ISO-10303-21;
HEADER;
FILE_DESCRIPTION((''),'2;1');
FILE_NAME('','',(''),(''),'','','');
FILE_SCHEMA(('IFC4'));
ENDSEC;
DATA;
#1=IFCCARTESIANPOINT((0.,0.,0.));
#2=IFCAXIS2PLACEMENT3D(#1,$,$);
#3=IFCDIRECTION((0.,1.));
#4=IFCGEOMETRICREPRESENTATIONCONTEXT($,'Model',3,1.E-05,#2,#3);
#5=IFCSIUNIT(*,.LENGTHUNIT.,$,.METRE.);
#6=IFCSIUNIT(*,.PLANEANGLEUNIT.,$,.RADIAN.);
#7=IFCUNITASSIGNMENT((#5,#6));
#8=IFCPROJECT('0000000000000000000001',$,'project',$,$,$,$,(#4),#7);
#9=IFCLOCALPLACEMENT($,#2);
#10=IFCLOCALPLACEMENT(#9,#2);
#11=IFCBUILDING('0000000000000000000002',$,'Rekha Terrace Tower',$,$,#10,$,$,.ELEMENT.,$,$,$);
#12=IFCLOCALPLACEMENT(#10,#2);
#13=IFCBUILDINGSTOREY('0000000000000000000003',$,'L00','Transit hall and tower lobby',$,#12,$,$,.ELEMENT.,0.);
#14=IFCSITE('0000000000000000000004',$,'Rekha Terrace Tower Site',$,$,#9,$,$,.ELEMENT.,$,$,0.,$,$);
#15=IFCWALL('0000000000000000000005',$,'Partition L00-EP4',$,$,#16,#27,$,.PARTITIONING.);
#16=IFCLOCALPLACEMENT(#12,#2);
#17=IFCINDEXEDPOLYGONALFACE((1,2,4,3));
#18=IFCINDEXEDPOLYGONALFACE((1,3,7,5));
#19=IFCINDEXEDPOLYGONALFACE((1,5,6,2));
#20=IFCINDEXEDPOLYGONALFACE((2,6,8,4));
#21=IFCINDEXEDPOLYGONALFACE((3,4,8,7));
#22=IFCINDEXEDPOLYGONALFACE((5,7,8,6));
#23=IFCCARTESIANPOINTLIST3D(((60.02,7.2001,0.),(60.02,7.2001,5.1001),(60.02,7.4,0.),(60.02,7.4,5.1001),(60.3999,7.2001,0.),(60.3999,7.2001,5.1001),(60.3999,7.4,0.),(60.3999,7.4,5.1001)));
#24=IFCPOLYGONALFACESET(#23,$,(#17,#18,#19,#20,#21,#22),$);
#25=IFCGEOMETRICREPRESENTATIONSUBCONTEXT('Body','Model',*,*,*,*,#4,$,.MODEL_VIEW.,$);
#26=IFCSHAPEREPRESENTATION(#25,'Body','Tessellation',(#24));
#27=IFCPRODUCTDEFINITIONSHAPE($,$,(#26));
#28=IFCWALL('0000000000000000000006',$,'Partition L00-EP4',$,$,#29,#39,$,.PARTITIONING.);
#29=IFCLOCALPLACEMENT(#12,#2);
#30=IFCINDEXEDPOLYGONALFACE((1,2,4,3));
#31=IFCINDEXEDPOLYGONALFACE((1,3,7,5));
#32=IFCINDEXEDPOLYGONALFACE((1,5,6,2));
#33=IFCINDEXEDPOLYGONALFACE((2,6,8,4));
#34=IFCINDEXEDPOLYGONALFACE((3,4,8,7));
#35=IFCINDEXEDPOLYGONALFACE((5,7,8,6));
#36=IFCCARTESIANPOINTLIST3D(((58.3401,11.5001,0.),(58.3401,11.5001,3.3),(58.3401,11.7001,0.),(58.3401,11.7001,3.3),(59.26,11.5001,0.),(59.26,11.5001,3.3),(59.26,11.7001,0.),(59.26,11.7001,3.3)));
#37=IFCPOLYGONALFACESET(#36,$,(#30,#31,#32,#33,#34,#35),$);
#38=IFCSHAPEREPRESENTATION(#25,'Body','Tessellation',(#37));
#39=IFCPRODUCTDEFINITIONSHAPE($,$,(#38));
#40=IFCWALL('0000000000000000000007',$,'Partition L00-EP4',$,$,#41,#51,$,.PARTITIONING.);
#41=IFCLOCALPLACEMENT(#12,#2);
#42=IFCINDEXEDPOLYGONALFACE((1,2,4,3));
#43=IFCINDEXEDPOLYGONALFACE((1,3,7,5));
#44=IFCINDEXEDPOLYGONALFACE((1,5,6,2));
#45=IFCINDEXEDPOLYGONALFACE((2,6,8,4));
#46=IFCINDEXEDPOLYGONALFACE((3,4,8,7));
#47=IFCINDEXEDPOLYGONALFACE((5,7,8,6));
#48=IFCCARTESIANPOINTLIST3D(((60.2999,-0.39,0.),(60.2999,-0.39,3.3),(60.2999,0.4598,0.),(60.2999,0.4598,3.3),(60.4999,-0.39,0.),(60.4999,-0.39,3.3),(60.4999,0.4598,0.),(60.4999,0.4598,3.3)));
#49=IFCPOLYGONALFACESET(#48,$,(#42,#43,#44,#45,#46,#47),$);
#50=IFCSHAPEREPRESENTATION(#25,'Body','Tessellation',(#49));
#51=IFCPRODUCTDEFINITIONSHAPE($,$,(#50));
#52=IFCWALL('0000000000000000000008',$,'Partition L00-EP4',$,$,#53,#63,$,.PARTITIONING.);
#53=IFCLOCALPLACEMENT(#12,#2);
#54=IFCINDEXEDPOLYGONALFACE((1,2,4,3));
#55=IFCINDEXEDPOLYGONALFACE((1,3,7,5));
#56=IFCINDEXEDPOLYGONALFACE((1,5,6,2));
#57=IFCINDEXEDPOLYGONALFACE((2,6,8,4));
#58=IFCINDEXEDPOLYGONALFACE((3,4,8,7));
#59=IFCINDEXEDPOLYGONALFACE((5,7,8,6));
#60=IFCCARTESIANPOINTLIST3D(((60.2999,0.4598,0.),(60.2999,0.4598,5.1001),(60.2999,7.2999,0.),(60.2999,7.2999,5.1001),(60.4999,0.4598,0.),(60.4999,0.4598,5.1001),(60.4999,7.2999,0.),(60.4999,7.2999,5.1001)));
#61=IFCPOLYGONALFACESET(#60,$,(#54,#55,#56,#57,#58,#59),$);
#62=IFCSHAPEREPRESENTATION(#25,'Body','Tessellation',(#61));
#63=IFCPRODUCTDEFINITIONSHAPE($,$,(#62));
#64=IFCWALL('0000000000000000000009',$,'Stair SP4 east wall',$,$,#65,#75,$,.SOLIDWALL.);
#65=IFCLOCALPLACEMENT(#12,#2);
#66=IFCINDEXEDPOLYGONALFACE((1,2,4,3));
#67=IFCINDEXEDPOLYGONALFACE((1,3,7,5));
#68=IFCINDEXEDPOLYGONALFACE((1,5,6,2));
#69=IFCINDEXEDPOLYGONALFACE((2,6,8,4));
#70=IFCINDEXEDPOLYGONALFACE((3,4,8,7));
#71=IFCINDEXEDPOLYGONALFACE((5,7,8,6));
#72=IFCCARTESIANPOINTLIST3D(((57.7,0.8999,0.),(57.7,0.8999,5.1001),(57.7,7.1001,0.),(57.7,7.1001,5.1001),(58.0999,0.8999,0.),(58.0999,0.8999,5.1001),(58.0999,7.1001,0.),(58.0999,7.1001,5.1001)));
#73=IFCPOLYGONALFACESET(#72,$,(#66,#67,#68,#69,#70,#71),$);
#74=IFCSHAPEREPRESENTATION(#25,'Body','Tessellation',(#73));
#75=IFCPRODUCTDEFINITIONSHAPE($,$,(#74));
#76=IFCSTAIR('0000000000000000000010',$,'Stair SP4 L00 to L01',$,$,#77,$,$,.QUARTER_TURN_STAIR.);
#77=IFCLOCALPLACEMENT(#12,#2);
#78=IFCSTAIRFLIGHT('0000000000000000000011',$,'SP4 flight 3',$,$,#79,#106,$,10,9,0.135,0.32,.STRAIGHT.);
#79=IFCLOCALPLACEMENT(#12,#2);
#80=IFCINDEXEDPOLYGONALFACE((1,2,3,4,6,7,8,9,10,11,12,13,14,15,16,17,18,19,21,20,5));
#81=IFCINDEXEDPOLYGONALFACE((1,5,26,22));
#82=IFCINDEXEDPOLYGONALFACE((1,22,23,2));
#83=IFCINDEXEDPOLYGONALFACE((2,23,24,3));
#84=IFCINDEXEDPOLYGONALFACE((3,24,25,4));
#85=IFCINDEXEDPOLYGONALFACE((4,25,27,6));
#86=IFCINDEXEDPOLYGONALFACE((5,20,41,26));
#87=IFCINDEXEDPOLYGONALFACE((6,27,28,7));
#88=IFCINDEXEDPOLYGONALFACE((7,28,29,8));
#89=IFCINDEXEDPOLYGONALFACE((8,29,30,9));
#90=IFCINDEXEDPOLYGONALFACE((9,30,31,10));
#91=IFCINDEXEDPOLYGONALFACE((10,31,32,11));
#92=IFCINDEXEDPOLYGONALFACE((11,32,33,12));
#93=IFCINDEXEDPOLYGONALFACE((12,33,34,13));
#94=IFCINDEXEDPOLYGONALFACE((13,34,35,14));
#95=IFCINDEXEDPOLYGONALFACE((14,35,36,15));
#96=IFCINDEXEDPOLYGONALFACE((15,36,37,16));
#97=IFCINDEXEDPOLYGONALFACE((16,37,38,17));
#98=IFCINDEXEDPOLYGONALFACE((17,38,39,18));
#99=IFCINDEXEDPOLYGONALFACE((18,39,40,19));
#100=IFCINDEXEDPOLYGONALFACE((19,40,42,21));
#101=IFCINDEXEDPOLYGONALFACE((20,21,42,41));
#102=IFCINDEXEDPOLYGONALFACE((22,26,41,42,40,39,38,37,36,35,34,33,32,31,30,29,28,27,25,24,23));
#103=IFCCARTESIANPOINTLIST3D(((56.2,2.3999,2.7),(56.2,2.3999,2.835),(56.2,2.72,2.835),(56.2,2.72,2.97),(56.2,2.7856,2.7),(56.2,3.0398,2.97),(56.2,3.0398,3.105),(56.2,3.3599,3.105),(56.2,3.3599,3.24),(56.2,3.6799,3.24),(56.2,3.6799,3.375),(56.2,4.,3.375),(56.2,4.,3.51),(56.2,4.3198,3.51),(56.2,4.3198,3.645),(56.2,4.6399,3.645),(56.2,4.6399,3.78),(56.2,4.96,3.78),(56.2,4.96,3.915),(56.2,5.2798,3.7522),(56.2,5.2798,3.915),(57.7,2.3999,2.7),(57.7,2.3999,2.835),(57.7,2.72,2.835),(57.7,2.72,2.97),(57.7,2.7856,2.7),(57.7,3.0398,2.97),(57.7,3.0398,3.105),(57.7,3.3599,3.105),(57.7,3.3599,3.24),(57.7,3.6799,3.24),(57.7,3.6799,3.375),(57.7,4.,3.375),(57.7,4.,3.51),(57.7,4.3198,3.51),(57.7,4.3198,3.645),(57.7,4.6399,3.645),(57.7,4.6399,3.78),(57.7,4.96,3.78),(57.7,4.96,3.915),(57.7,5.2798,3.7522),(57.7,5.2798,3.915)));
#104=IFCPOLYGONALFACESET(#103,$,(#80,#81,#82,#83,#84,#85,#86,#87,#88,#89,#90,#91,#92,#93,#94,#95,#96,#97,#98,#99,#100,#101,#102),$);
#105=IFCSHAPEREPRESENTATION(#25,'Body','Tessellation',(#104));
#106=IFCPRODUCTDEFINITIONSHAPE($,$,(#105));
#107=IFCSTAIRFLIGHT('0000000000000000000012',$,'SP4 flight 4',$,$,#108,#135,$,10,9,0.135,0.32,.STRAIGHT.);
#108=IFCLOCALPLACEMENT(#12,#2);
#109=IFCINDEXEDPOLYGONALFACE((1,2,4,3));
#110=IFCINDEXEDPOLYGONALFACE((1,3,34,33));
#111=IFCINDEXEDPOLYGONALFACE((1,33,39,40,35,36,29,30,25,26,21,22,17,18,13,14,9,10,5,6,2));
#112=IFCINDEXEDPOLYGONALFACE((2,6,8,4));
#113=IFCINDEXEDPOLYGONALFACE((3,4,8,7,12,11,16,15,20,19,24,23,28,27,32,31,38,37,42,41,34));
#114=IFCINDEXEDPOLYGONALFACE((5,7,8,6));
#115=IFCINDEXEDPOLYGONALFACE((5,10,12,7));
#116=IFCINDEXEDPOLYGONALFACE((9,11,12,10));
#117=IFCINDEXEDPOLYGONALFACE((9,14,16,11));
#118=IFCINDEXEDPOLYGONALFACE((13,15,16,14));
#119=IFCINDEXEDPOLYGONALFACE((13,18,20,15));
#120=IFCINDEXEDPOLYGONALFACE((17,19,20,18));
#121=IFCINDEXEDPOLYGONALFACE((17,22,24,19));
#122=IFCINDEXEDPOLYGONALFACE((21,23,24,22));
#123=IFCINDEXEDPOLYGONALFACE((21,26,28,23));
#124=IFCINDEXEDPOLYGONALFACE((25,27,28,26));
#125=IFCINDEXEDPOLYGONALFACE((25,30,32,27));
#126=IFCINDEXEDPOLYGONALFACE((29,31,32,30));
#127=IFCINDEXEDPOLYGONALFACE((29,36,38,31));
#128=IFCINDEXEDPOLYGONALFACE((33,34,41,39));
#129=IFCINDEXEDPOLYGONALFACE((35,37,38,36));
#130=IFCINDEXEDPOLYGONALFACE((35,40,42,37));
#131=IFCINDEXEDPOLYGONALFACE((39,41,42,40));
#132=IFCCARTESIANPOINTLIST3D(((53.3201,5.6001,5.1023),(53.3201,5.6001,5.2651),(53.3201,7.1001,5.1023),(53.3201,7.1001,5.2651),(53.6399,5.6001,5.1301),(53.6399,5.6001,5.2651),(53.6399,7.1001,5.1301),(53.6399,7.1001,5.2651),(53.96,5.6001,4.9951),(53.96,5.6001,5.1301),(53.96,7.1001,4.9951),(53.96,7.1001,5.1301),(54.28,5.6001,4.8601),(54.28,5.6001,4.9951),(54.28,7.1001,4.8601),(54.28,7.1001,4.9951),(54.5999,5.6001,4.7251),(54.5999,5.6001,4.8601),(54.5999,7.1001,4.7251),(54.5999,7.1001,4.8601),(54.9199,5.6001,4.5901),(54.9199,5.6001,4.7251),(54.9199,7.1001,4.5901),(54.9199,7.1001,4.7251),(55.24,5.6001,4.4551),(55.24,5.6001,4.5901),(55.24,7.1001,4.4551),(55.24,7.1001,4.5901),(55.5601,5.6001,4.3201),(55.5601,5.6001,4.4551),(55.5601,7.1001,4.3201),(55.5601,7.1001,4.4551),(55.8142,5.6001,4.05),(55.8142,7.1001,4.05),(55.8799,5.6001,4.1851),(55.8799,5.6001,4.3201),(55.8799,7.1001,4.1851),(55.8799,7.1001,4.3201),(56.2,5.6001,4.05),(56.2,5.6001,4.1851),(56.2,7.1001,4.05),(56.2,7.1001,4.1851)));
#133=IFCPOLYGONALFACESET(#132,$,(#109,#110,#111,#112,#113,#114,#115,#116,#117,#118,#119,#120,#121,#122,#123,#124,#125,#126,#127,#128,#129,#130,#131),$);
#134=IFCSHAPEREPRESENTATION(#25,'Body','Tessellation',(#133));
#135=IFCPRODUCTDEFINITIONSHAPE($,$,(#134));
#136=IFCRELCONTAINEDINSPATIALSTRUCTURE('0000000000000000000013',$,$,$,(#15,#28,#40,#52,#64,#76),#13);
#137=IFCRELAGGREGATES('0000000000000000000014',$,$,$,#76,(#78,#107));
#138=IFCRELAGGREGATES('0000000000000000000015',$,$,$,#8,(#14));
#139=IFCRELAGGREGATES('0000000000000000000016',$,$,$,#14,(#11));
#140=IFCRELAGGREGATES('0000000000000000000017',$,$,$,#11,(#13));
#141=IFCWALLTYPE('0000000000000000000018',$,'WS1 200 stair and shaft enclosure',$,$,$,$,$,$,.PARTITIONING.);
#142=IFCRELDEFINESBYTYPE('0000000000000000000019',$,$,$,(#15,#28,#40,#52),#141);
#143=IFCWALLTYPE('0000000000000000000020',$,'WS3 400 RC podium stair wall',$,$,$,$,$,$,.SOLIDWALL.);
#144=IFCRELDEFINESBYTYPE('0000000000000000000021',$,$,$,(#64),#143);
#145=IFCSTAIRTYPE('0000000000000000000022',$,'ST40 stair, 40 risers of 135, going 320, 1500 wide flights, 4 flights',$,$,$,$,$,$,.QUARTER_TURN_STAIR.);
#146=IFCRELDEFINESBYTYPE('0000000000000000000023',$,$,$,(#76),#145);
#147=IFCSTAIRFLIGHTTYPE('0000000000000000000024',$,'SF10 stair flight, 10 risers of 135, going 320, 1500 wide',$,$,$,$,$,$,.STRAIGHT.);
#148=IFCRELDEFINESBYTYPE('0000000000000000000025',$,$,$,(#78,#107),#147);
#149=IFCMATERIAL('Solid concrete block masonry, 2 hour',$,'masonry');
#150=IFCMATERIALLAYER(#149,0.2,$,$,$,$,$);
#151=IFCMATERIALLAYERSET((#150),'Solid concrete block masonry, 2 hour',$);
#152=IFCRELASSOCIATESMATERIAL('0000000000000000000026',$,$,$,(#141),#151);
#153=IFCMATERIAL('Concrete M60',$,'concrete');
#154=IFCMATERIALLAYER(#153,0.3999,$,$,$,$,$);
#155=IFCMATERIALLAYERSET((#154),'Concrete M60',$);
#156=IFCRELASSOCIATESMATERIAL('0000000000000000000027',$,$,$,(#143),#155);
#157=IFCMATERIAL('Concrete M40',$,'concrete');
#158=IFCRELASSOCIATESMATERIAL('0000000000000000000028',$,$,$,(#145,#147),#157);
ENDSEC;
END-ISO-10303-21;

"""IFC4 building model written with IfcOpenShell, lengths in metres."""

from ifc_helpers import new_model, si_unit, direction, frame, frame_2d, origin, place, context, subcontext, project, spatial, polyline, rectangle, outline, extrude, material, layer, layer_set, type_object, element, aggregate, save


model = new_model("IFC4")

# Units and contexts
model_context = context("Model", 3, precision=1e-05, world=origin(), true_north=direction((0.0, 1.0)))
body_context = subcontext(model_context, "Body", "Model", "MODEL_VIEW")
ifc_project = project(units=[si_unit("LENGTHUNIT", "METRE"), si_unit("PLANEANGLEUNIT", "RADIAN")], contexts=[model_context])

# Site, building, storey
site_placement = place(None, origin())
site = spatial("IfcSite", under=ifc_project, at=site_placement, Name="Rekha Terrace Tower Site", CompositionType="ELEMENT", RefElevation=0.0)
building_placement = place(site_placement, origin())
building = spatial("IfcBuilding", under=site, at=building_placement, Name="Rekha Terrace Tower", CompositionType="ELEMENT")
storey_placement = place(building_placement, origin())
storey = spatial("IfcBuildingStorey", under=building, at=storey_placement, Name="L00", Description="Transit hall and tower lobby", CompositionType="ELEMENT", Elevation=0.0)

# Shared definitions
ifc_material_1 = material(Name="Concrete M60", Category="concrete")

# Shared definitions
ifc_material_2 = material(Name="Concrete M40", Category="concrete")

# Walls
ifc_material_3 = material(Name="Solid concrete block masonry, 2 hour", Category="masonry")
ifc_layer_1 = layer(ifc_material_3, 0.2)
ifc_layer_set_1 = layer_set([ifc_layer_1], Name="Solid concrete block masonry, 2 hour")
wall_type_1 = type_object("IfcWallType", Name="WS1 200 stair and shaft enclosure", PredefinedType="PARTITIONING", material=ifc_layer_set_1)
wall_1_placement = place(storey_placement, frame((60.3999, 7.3, 0.0), z_axis=(0.0, 0.0, 1.0), x_axis=(-1.0, 0.0, 0.0)))
element("IfcWall", 1, at=wall_1_placement, inside=storey, type_object=wall_type_1, Name="Partition L00-EP4", PredefinedType="PARTITIONING", context=body_context, shape_type="SweptSolid", body=[
    extrude(rectangle(XDim=0.3799, YDim=0.2, at=frame_2d((0.1899, 0.0))), origin(), (0.0, 0.0, 1.0), 5.1001),
])
wall_2_placement = place(storey_placement, frame((58.3401, 11.6001, 0.0), z_axis=(0.0, 0.0, 1.0), x_axis=(1.0, 0.0, 0.0)))
element("IfcWall", 2, at=wall_2_placement, inside=storey, type_object=wall_type_1, Name="Partition L00-EP4", PredefinedType="PARTITIONING", context=body_context, shape_type="SweptSolid", body=[
    extrude(rectangle(XDim=0.9199, YDim=0.2, at=frame_2d((0.46, 0.0))), origin(), (0.0, 0.0, 1.0), 3.3),
])
wall_3_placement = place(storey_placement, frame((60.3999, -0.3899, 0.0), z_axis=(0.0, 0.0, 1.0), x_axis=(0.0, 1.0, 0.0)))
element("IfcWall", 3, at=wall_3_placement, inside=storey, type_object=wall_type_1, Name="Partition L00-EP4", PredefinedType="PARTITIONING", context=body_context, shape_type="SweptSolid", body=[
    extrude(rectangle(XDim=0.8499, YDim=0.2, at=frame_2d((0.4248, 0.0))), origin(), (0.0, 0.0, 1.0), 3.3),
])
wall_4_placement = place(storey_placement, frame((60.3999, 0.46, 0.0), z_axis=(0.0, 0.0, 1.0), x_axis=(0.0, 1.0, 0.0)))
element("IfcWall", 4, at=wall_4_placement, inside=storey, type_object=wall_type_1, Name="Partition L00-EP4", PredefinedType="PARTITIONING", context=body_context, shape_type="SweptSolid", body=[
    extrude(rectangle(XDim=6.8401, YDim=0.2, at=frame_2d((3.4199, 0.0))), origin(), (0.0, 0.0, 1.0), 5.1001),
])
ifc_layer_2 = layer(ifc_material_1, 0.3999)
ifc_layer_set_2 = layer_set([ifc_layer_2], Name="Concrete M60")
wall_type_2 = type_object("IfcWallType", Name="WS3 400 RC podium stair wall", PredefinedType="SOLIDWALL", material=ifc_layer_set_2)
wall_5_placement = place(storey_placement, frame((57.8999, 0.8999, 0.0), z_axis=(0.0, 0.0, 1.0), x_axis=(0.0, 1.0, 0.0)))
element("IfcWall", 5, at=wall_5_placement, inside=storey, type_object=wall_type_2, Name="Stair SP4 east wall", PredefinedType="SOLIDWALL", context=body_context, shape_type="SweptSolid", body=[
    extrude(rectangle(XDim=6.2002, YDim=0.3999, at=frame_2d((3.1001, 0.0))), origin(), (0.0, 0.0, 1.0), 5.1001),
])

# Stair, stair flights
stair_type = type_object("IfcStairType", Name="ST40 stair, 40 risers of 135, going 320, 1500 wide flights, 4 flights", PredefinedType="QUARTER_TURN_STAIR", material=ifc_material_2)
stair_placement = place(storey_placement, origin())
stair = element("IfcStair", 6, at=stair_placement, inside=storey, type_object=stair_type, Name="Stair SP4 L00 to L01", PredefinedType="QUARTER_TURN_STAIR")
stair_flight_type = type_object("IfcStairFlightType", Name="SF10 stair flight, 10 risers of 135, going 320, 1500 wide", PredefinedType="STRAIGHT", material=ifc_material_2)
stair_flight_1_placement = place(storey_placement, frame((56.95, 2.3999, 2.7), z_axis=(0.0, 0.0, 1.0), x_axis=(0.0, 1.0, 0.0)))
stair_flight_1 = element("IfcStairFlight", 7, at=stair_flight_1_placement, type_object=stair_flight_type, Name="SP4 flight 3", NumberOfRisers=10, NumberOfTreads=9, PredefinedType="STRAIGHT", RiserHeight=0.135, TreadLength=0.32, context=body_context, shape_type="SweptSolid", body=[
    extrude(outline(polyline([(0.0, 0.0), (0.0, 0.135), (0.3201, 0.135), (0.3201, 0.27), (0.6399, 0.27), (0.6399, 0.405), (0.96, 0.405), (0.96, 0.54), (1.28, 0.54), (1.28, 0.675), (1.6001, 0.675), (1.6001, 0.8101), (1.9199, 0.8101), (1.9199, 0.9451), (2.24, 0.9451), (2.24, 1.0801), (2.5601, 1.0801), (2.5601, 1.2151), (2.8799, 1.2151), (2.8799, 1.3501), (2.8799, 1.0522), (0.3857, 0.0), (0.0, 0.0)])), frame((0.0, 0.75, 0.0), z_axis=(0.0, -1.0, 0.0), x_axis=(1.0, 0.0, 0.0)), (0.0, 0.0, 1.0), 1.5),
])
stair_flight_2_placement = place(storey_placement, frame((56.2, 6.3501, 4.05), z_axis=(0.0, 0.0, 1.0), x_axis=(-1.0, 0.0, 0.0)))
stair_flight_2 = element("IfcStairFlight", 8, at=stair_flight_2_placement, type_object=stair_flight_type, Name="SP4 flight 4", NumberOfRisers=10, NumberOfTreads=9, PredefinedType="STRAIGHT", RiserHeight=0.135, TreadLength=0.32, context=body_context, shape_type="SweptSolid", body=[
    extrude(outline(polyline([(0.0, 0.0), (0.0, 0.135), (0.3201, 0.135), (0.3201, 0.27), (0.6399, 0.27), (0.6399, 0.405), (0.96, 0.405), (0.96, 0.54), (1.28, 0.54), (1.28, 0.675), (1.6001, 0.675), (1.6001, 0.8101), (1.9199, 0.8101), (1.9199, 0.9451), (2.24, 0.9451), (2.24, 1.0801), (2.5601, 1.0801), (2.5601, 1.2151), (2.8799, 1.2151), (2.8799, 1.3501), (2.8799, 1.0522), (0.3857, 0.0), (0.0, 0.0)])), frame((0.0, 0.75, 0.0), z_axis=(0.0, -1.0, 0.0), x_axis=(1.0, 0.0, 0.0)), (0.0, 0.0, 1.0), 1.5),
])
aggregate(stair, [stair_flight_1, stair_flight_2])

save(model, "model.ifc")
